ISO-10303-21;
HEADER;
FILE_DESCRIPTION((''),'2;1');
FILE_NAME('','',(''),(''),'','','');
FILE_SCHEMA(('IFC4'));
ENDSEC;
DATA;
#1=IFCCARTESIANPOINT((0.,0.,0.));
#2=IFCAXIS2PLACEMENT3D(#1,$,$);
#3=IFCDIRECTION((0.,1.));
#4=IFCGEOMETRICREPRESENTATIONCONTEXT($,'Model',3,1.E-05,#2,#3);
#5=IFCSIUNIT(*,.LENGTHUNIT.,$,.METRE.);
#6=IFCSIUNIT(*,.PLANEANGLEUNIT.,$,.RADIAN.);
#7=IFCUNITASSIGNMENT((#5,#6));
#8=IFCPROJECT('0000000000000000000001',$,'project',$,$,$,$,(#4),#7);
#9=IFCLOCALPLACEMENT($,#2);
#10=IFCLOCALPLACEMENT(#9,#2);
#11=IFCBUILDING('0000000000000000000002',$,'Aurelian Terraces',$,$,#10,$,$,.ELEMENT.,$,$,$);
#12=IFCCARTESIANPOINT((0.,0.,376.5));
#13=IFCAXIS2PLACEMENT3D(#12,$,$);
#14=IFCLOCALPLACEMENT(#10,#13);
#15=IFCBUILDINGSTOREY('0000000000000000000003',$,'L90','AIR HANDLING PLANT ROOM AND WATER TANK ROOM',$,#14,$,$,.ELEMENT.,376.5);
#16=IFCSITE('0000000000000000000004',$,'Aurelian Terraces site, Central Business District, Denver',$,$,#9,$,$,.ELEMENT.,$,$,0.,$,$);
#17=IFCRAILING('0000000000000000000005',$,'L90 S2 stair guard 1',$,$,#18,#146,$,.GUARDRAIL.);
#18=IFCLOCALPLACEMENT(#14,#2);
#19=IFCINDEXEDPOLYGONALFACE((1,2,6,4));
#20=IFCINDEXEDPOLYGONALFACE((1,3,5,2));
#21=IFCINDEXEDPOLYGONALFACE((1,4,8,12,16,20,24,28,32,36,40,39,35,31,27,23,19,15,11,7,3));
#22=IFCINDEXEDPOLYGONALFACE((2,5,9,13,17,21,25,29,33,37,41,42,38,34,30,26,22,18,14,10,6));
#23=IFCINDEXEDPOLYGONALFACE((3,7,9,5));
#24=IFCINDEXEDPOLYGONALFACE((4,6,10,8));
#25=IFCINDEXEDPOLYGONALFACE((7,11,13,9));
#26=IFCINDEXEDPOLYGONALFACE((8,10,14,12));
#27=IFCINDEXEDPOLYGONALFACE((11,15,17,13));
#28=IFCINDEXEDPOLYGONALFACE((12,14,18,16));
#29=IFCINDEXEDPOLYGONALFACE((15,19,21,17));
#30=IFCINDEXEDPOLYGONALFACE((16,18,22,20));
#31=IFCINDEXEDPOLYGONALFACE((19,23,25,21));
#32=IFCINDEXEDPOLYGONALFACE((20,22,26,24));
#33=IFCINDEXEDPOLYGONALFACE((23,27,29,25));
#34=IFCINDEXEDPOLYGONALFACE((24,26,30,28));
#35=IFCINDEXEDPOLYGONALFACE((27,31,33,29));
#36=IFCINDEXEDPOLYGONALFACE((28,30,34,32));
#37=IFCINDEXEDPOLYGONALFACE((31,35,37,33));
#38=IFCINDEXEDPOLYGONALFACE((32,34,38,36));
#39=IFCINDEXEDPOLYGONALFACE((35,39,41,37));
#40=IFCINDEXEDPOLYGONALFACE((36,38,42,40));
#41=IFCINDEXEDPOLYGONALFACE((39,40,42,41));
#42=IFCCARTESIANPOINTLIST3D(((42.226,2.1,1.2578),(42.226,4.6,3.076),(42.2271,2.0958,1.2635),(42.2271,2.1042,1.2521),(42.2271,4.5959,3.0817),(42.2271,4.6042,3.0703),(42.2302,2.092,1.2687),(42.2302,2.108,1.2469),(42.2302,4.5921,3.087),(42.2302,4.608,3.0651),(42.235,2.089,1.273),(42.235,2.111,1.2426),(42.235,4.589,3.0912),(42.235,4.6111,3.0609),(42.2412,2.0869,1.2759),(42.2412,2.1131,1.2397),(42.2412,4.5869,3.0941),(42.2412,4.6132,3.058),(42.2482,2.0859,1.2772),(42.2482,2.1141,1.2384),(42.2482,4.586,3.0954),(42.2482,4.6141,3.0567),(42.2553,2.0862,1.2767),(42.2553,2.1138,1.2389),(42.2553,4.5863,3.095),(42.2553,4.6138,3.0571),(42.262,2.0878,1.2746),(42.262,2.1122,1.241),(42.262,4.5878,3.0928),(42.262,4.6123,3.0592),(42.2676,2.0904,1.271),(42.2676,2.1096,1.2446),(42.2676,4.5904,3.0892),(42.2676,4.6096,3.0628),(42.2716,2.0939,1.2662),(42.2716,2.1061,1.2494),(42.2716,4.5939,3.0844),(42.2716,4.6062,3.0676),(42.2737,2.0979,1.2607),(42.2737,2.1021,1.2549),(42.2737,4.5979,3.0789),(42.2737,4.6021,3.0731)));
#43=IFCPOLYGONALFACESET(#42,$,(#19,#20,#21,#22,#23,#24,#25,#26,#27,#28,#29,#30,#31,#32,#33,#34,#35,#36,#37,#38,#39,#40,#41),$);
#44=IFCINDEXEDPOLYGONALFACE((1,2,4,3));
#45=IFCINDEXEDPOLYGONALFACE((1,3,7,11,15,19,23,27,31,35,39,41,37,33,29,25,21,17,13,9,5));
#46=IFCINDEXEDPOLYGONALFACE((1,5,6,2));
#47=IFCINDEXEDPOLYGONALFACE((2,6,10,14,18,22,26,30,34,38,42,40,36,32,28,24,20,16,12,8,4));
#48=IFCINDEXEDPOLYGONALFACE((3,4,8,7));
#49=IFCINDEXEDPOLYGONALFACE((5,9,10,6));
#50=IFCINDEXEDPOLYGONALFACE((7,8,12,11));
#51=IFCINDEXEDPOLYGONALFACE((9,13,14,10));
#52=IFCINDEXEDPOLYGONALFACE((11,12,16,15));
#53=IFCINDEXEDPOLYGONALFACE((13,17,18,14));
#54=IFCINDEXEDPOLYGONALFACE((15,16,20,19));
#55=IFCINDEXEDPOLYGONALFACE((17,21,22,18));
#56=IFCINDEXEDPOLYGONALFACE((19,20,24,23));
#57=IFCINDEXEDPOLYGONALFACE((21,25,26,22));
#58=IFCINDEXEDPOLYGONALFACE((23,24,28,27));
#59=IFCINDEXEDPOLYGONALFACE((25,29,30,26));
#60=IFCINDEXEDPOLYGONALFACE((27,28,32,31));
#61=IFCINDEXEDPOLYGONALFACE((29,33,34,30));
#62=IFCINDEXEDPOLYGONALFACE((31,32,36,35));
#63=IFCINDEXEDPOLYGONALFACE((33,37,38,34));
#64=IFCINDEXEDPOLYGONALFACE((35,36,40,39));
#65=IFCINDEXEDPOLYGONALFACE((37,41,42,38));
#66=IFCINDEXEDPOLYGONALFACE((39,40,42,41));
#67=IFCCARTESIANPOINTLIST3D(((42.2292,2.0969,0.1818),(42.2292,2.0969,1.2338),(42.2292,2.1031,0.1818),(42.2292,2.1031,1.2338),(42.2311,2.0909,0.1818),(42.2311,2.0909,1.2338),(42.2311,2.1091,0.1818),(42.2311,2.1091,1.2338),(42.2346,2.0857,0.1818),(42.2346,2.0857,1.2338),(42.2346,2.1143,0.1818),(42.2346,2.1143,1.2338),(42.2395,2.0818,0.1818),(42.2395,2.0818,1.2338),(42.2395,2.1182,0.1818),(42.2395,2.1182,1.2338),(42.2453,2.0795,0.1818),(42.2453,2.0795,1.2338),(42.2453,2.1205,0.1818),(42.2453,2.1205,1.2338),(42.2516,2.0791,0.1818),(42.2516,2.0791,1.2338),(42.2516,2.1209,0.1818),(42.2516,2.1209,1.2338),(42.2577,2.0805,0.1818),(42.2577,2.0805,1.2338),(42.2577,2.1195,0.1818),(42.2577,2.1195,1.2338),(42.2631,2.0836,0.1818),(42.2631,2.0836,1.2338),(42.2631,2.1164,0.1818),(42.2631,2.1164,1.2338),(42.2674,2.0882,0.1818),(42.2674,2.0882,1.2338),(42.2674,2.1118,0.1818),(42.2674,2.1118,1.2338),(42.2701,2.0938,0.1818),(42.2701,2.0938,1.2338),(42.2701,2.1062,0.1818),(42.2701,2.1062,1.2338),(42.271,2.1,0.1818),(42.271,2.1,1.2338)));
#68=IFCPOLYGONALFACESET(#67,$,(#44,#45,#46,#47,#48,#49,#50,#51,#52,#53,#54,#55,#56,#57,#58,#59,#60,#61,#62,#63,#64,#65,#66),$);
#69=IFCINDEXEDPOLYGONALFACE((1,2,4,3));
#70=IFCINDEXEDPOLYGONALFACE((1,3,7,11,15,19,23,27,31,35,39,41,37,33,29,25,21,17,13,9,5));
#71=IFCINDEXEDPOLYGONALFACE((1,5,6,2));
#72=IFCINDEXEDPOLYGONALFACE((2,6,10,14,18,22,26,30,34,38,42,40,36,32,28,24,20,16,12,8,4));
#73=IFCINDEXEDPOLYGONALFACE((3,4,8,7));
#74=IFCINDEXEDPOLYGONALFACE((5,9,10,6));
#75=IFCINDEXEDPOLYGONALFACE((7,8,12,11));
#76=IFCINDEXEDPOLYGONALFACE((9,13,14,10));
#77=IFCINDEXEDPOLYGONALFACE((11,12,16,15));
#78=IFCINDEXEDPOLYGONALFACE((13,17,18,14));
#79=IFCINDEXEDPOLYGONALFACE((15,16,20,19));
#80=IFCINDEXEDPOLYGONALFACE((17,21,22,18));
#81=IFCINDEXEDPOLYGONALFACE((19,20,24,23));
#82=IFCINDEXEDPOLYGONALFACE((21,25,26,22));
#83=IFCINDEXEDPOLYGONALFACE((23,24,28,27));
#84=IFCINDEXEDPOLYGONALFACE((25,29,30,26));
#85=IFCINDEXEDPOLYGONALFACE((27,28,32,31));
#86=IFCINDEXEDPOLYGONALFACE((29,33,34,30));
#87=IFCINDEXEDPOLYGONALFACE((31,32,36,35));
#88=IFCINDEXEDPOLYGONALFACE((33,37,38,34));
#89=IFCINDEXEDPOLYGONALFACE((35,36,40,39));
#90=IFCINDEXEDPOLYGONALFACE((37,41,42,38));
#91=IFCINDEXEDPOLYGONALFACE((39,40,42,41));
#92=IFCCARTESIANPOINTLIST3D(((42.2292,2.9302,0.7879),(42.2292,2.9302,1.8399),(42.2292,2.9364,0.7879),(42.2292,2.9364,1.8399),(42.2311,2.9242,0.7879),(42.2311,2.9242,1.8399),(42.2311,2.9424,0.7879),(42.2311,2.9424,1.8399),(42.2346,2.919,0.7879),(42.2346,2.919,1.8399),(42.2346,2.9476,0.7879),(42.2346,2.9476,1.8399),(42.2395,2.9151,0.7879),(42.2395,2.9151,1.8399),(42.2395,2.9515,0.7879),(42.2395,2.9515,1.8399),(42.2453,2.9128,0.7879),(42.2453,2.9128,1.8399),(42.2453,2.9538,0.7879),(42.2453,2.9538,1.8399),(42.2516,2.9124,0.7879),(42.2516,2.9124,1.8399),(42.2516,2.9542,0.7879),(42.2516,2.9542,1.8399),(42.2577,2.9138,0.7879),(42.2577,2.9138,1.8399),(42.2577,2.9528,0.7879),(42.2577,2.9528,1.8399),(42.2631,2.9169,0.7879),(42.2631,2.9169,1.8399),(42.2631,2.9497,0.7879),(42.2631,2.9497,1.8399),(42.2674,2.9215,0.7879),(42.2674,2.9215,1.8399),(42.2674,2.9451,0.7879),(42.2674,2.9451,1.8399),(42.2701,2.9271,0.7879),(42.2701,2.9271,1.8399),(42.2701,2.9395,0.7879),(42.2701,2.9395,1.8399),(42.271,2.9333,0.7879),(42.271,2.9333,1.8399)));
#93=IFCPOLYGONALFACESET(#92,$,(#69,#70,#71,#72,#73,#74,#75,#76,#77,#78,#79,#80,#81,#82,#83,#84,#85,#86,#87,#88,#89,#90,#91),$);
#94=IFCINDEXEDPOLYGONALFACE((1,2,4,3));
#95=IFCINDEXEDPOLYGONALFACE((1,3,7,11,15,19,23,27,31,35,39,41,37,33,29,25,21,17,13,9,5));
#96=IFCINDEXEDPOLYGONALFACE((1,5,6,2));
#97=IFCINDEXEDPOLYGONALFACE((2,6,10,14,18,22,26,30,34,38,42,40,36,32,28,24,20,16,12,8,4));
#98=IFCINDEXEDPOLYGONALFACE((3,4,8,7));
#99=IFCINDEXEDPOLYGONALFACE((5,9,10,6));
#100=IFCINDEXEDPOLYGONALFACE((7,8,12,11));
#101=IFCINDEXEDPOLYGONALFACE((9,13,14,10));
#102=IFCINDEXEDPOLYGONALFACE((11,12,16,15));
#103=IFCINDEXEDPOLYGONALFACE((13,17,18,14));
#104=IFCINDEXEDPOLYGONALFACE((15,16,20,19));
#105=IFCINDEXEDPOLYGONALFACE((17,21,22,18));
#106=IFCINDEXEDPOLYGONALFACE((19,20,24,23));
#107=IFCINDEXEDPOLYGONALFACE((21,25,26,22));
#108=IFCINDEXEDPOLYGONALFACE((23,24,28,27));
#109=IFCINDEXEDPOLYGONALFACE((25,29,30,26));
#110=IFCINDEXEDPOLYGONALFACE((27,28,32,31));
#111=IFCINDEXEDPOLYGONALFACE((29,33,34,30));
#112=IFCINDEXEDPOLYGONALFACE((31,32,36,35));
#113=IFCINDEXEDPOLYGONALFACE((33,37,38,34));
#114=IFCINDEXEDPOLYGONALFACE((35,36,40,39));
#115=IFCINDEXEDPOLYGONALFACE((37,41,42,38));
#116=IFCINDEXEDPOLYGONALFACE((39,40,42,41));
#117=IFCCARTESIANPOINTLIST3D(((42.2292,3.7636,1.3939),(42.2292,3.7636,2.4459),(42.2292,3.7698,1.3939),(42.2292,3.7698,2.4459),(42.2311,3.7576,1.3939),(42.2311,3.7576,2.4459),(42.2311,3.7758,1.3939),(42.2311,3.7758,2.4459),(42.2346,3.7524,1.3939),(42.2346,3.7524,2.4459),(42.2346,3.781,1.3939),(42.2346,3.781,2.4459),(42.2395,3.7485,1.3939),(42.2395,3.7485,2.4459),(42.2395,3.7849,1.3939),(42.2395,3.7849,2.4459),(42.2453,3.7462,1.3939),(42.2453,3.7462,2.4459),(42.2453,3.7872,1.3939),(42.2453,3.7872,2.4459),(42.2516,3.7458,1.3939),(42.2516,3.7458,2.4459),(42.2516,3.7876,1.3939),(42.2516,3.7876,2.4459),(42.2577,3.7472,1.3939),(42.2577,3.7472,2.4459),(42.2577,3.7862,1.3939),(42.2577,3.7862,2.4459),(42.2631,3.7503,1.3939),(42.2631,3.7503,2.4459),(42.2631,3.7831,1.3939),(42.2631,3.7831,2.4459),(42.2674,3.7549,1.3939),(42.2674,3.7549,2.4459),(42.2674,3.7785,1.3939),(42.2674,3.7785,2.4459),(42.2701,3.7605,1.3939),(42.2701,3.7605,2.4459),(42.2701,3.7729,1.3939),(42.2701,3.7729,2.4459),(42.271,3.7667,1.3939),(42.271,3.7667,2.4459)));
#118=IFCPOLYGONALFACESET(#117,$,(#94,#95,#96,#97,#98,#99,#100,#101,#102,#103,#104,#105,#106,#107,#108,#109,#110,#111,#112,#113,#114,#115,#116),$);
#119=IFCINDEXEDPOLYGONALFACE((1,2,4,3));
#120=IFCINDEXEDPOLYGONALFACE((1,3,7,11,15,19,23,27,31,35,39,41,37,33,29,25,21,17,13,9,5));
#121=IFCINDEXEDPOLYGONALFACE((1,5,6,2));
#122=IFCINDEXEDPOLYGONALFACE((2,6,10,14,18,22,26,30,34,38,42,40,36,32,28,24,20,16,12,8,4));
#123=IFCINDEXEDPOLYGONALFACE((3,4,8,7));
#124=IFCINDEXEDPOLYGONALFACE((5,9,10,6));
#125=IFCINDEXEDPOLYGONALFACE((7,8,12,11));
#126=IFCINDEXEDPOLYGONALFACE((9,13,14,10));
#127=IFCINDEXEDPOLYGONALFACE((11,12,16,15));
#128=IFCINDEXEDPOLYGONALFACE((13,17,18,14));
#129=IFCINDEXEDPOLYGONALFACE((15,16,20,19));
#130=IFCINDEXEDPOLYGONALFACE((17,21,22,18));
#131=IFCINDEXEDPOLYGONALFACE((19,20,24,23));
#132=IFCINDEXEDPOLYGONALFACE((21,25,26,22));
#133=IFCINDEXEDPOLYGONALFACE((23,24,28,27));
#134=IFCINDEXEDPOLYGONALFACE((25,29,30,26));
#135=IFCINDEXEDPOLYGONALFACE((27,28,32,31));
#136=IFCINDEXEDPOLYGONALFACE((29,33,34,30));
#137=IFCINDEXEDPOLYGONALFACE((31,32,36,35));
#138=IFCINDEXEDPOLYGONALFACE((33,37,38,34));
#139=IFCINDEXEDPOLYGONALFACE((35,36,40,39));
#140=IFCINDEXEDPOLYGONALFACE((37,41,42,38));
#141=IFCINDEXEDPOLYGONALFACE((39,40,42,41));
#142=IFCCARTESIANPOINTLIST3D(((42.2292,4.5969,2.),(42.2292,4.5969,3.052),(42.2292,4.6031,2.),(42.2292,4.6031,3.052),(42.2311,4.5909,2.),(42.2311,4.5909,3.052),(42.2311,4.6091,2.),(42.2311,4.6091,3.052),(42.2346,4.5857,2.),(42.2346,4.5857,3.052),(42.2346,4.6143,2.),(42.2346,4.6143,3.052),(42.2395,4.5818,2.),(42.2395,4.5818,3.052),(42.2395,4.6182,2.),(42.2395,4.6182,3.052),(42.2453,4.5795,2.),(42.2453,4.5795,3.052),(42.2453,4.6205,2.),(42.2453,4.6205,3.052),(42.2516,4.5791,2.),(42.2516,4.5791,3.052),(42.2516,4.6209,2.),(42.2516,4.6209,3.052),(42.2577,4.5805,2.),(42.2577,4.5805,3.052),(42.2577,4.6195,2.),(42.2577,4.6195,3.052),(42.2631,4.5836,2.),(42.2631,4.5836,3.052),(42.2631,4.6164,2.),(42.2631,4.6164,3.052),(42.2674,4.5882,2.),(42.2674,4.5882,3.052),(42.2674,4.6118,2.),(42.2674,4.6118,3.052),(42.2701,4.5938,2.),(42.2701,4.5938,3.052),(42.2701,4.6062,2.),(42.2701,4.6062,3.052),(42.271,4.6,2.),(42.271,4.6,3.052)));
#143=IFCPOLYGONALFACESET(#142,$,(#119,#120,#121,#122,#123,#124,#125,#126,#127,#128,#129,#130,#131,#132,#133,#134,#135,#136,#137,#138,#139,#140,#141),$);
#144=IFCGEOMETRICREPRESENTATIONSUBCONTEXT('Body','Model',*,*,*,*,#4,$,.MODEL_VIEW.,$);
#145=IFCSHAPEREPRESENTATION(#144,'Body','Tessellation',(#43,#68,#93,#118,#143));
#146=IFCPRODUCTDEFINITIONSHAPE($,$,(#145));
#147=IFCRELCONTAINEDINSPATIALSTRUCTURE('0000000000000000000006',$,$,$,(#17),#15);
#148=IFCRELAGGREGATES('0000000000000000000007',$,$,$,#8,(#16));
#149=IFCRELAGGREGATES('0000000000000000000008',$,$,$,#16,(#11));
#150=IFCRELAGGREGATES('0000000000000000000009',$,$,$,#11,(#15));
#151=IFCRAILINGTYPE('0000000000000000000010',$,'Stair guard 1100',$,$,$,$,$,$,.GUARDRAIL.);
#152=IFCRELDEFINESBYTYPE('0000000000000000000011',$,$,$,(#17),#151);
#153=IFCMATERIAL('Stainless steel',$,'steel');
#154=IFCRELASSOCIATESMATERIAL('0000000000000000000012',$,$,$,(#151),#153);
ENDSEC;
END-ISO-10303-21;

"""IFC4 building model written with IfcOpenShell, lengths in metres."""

from ifc_helpers import new_model, si_unit, direction, frame, origin, origin_2d, place, context, subcontext, project, spatial, circle, extrude, source, transform, mapped, material, type_object, element, save


model = new_model("IFC4")

# Units and contexts
model_context = context("Model", 3, precision=1e-05, world=origin(), true_north=direction((0.0, 1.0)))
body_context = subcontext(model_context, "Body", "Model", "MODEL_VIEW")
ifc_project = project(units=[si_unit("LENGTHUNIT", "METRE"), si_unit("PLANEANGLEUNIT", "RADIAN")], contexts=[model_context])

# Site, building, storey
site_placement = place(None, origin())
site = spatial("IfcSite", under=ifc_project, at=site_placement, Name="Aurelian Terraces site, Central Business District, Denver", CompositionType="ELEMENT", RefElevation=0.0)
building_placement = place(site_placement, origin())
building = spatial("IfcBuilding", under=site, at=building_placement, Name="Aurelian Terraces", CompositionType="ELEMENT")
storey_placement = place(building_placement, frame((0.0, 0.0, 376.5)))
storey = spatial("IfcBuildingStorey", under=building, at=storey_placement, Name="L90", Description="AIR HANDLING PLANT ROOM AND WATER TANK ROOM", CompositionType="ELEMENT", Elevation=376.5)

# Shared definitions
ifc_material_1 = material(Name="Stainless steel", Category="steel")

# Railing
railing_type_1 = type_object("IfcRailingType", Name="Stair guard 1100", PredefinedType="GUARDRAIL", material=ifc_material_1)
shared_shape_1 = source(origin(), body_context, "Body", "SweptSolid", [
    extrude(circle(Radius=0.024, at=origin_2d()), frame((0.0, 0.0, 1.076), z_axis=(0.0, 0.808733, 0.588176), x_axis=(-1.0, 0.0, 0.0)), (0.0, 0.0, 1.0), 3.0913),
    extrude(circle(Radius=0.021, at=origin_2d()), origin(), (0.0, 0.0, 1.0), 1.052),
    extrude(circle(Radius=0.021, at=origin_2d()), frame((0.0, 0.8333, 0.6061)), (0.0, 0.0, 1.0), 1.052),
    extrude(circle(Radius=0.021, at=origin_2d()), frame((0.0, 1.6667, 1.2121)), (0.0, 0.0, 1.0), 1.052),
    extrude(circle(Radius=0.021, at=origin_2d()), frame((0.0, 2.5, 1.8182)), (0.0, 0.0, 1.0), 1.052),
])
railing_1_placement = place(storey_placement, frame((42.25, 2.1, 0.1818)))
element("IfcRailing", 1, at=railing_1_placement, inside=storey, type_object=railing_type_1, Name="L90 S2 stair guard 1", PredefinedType="GUARDRAIL", context=body_context, shape_type="MappedRepresentation", body=[
    mapped(shared_shape_1, transform((0.0, 0.0, 0.0), scale=1.0)),
])

save(model, "model.ifc")
